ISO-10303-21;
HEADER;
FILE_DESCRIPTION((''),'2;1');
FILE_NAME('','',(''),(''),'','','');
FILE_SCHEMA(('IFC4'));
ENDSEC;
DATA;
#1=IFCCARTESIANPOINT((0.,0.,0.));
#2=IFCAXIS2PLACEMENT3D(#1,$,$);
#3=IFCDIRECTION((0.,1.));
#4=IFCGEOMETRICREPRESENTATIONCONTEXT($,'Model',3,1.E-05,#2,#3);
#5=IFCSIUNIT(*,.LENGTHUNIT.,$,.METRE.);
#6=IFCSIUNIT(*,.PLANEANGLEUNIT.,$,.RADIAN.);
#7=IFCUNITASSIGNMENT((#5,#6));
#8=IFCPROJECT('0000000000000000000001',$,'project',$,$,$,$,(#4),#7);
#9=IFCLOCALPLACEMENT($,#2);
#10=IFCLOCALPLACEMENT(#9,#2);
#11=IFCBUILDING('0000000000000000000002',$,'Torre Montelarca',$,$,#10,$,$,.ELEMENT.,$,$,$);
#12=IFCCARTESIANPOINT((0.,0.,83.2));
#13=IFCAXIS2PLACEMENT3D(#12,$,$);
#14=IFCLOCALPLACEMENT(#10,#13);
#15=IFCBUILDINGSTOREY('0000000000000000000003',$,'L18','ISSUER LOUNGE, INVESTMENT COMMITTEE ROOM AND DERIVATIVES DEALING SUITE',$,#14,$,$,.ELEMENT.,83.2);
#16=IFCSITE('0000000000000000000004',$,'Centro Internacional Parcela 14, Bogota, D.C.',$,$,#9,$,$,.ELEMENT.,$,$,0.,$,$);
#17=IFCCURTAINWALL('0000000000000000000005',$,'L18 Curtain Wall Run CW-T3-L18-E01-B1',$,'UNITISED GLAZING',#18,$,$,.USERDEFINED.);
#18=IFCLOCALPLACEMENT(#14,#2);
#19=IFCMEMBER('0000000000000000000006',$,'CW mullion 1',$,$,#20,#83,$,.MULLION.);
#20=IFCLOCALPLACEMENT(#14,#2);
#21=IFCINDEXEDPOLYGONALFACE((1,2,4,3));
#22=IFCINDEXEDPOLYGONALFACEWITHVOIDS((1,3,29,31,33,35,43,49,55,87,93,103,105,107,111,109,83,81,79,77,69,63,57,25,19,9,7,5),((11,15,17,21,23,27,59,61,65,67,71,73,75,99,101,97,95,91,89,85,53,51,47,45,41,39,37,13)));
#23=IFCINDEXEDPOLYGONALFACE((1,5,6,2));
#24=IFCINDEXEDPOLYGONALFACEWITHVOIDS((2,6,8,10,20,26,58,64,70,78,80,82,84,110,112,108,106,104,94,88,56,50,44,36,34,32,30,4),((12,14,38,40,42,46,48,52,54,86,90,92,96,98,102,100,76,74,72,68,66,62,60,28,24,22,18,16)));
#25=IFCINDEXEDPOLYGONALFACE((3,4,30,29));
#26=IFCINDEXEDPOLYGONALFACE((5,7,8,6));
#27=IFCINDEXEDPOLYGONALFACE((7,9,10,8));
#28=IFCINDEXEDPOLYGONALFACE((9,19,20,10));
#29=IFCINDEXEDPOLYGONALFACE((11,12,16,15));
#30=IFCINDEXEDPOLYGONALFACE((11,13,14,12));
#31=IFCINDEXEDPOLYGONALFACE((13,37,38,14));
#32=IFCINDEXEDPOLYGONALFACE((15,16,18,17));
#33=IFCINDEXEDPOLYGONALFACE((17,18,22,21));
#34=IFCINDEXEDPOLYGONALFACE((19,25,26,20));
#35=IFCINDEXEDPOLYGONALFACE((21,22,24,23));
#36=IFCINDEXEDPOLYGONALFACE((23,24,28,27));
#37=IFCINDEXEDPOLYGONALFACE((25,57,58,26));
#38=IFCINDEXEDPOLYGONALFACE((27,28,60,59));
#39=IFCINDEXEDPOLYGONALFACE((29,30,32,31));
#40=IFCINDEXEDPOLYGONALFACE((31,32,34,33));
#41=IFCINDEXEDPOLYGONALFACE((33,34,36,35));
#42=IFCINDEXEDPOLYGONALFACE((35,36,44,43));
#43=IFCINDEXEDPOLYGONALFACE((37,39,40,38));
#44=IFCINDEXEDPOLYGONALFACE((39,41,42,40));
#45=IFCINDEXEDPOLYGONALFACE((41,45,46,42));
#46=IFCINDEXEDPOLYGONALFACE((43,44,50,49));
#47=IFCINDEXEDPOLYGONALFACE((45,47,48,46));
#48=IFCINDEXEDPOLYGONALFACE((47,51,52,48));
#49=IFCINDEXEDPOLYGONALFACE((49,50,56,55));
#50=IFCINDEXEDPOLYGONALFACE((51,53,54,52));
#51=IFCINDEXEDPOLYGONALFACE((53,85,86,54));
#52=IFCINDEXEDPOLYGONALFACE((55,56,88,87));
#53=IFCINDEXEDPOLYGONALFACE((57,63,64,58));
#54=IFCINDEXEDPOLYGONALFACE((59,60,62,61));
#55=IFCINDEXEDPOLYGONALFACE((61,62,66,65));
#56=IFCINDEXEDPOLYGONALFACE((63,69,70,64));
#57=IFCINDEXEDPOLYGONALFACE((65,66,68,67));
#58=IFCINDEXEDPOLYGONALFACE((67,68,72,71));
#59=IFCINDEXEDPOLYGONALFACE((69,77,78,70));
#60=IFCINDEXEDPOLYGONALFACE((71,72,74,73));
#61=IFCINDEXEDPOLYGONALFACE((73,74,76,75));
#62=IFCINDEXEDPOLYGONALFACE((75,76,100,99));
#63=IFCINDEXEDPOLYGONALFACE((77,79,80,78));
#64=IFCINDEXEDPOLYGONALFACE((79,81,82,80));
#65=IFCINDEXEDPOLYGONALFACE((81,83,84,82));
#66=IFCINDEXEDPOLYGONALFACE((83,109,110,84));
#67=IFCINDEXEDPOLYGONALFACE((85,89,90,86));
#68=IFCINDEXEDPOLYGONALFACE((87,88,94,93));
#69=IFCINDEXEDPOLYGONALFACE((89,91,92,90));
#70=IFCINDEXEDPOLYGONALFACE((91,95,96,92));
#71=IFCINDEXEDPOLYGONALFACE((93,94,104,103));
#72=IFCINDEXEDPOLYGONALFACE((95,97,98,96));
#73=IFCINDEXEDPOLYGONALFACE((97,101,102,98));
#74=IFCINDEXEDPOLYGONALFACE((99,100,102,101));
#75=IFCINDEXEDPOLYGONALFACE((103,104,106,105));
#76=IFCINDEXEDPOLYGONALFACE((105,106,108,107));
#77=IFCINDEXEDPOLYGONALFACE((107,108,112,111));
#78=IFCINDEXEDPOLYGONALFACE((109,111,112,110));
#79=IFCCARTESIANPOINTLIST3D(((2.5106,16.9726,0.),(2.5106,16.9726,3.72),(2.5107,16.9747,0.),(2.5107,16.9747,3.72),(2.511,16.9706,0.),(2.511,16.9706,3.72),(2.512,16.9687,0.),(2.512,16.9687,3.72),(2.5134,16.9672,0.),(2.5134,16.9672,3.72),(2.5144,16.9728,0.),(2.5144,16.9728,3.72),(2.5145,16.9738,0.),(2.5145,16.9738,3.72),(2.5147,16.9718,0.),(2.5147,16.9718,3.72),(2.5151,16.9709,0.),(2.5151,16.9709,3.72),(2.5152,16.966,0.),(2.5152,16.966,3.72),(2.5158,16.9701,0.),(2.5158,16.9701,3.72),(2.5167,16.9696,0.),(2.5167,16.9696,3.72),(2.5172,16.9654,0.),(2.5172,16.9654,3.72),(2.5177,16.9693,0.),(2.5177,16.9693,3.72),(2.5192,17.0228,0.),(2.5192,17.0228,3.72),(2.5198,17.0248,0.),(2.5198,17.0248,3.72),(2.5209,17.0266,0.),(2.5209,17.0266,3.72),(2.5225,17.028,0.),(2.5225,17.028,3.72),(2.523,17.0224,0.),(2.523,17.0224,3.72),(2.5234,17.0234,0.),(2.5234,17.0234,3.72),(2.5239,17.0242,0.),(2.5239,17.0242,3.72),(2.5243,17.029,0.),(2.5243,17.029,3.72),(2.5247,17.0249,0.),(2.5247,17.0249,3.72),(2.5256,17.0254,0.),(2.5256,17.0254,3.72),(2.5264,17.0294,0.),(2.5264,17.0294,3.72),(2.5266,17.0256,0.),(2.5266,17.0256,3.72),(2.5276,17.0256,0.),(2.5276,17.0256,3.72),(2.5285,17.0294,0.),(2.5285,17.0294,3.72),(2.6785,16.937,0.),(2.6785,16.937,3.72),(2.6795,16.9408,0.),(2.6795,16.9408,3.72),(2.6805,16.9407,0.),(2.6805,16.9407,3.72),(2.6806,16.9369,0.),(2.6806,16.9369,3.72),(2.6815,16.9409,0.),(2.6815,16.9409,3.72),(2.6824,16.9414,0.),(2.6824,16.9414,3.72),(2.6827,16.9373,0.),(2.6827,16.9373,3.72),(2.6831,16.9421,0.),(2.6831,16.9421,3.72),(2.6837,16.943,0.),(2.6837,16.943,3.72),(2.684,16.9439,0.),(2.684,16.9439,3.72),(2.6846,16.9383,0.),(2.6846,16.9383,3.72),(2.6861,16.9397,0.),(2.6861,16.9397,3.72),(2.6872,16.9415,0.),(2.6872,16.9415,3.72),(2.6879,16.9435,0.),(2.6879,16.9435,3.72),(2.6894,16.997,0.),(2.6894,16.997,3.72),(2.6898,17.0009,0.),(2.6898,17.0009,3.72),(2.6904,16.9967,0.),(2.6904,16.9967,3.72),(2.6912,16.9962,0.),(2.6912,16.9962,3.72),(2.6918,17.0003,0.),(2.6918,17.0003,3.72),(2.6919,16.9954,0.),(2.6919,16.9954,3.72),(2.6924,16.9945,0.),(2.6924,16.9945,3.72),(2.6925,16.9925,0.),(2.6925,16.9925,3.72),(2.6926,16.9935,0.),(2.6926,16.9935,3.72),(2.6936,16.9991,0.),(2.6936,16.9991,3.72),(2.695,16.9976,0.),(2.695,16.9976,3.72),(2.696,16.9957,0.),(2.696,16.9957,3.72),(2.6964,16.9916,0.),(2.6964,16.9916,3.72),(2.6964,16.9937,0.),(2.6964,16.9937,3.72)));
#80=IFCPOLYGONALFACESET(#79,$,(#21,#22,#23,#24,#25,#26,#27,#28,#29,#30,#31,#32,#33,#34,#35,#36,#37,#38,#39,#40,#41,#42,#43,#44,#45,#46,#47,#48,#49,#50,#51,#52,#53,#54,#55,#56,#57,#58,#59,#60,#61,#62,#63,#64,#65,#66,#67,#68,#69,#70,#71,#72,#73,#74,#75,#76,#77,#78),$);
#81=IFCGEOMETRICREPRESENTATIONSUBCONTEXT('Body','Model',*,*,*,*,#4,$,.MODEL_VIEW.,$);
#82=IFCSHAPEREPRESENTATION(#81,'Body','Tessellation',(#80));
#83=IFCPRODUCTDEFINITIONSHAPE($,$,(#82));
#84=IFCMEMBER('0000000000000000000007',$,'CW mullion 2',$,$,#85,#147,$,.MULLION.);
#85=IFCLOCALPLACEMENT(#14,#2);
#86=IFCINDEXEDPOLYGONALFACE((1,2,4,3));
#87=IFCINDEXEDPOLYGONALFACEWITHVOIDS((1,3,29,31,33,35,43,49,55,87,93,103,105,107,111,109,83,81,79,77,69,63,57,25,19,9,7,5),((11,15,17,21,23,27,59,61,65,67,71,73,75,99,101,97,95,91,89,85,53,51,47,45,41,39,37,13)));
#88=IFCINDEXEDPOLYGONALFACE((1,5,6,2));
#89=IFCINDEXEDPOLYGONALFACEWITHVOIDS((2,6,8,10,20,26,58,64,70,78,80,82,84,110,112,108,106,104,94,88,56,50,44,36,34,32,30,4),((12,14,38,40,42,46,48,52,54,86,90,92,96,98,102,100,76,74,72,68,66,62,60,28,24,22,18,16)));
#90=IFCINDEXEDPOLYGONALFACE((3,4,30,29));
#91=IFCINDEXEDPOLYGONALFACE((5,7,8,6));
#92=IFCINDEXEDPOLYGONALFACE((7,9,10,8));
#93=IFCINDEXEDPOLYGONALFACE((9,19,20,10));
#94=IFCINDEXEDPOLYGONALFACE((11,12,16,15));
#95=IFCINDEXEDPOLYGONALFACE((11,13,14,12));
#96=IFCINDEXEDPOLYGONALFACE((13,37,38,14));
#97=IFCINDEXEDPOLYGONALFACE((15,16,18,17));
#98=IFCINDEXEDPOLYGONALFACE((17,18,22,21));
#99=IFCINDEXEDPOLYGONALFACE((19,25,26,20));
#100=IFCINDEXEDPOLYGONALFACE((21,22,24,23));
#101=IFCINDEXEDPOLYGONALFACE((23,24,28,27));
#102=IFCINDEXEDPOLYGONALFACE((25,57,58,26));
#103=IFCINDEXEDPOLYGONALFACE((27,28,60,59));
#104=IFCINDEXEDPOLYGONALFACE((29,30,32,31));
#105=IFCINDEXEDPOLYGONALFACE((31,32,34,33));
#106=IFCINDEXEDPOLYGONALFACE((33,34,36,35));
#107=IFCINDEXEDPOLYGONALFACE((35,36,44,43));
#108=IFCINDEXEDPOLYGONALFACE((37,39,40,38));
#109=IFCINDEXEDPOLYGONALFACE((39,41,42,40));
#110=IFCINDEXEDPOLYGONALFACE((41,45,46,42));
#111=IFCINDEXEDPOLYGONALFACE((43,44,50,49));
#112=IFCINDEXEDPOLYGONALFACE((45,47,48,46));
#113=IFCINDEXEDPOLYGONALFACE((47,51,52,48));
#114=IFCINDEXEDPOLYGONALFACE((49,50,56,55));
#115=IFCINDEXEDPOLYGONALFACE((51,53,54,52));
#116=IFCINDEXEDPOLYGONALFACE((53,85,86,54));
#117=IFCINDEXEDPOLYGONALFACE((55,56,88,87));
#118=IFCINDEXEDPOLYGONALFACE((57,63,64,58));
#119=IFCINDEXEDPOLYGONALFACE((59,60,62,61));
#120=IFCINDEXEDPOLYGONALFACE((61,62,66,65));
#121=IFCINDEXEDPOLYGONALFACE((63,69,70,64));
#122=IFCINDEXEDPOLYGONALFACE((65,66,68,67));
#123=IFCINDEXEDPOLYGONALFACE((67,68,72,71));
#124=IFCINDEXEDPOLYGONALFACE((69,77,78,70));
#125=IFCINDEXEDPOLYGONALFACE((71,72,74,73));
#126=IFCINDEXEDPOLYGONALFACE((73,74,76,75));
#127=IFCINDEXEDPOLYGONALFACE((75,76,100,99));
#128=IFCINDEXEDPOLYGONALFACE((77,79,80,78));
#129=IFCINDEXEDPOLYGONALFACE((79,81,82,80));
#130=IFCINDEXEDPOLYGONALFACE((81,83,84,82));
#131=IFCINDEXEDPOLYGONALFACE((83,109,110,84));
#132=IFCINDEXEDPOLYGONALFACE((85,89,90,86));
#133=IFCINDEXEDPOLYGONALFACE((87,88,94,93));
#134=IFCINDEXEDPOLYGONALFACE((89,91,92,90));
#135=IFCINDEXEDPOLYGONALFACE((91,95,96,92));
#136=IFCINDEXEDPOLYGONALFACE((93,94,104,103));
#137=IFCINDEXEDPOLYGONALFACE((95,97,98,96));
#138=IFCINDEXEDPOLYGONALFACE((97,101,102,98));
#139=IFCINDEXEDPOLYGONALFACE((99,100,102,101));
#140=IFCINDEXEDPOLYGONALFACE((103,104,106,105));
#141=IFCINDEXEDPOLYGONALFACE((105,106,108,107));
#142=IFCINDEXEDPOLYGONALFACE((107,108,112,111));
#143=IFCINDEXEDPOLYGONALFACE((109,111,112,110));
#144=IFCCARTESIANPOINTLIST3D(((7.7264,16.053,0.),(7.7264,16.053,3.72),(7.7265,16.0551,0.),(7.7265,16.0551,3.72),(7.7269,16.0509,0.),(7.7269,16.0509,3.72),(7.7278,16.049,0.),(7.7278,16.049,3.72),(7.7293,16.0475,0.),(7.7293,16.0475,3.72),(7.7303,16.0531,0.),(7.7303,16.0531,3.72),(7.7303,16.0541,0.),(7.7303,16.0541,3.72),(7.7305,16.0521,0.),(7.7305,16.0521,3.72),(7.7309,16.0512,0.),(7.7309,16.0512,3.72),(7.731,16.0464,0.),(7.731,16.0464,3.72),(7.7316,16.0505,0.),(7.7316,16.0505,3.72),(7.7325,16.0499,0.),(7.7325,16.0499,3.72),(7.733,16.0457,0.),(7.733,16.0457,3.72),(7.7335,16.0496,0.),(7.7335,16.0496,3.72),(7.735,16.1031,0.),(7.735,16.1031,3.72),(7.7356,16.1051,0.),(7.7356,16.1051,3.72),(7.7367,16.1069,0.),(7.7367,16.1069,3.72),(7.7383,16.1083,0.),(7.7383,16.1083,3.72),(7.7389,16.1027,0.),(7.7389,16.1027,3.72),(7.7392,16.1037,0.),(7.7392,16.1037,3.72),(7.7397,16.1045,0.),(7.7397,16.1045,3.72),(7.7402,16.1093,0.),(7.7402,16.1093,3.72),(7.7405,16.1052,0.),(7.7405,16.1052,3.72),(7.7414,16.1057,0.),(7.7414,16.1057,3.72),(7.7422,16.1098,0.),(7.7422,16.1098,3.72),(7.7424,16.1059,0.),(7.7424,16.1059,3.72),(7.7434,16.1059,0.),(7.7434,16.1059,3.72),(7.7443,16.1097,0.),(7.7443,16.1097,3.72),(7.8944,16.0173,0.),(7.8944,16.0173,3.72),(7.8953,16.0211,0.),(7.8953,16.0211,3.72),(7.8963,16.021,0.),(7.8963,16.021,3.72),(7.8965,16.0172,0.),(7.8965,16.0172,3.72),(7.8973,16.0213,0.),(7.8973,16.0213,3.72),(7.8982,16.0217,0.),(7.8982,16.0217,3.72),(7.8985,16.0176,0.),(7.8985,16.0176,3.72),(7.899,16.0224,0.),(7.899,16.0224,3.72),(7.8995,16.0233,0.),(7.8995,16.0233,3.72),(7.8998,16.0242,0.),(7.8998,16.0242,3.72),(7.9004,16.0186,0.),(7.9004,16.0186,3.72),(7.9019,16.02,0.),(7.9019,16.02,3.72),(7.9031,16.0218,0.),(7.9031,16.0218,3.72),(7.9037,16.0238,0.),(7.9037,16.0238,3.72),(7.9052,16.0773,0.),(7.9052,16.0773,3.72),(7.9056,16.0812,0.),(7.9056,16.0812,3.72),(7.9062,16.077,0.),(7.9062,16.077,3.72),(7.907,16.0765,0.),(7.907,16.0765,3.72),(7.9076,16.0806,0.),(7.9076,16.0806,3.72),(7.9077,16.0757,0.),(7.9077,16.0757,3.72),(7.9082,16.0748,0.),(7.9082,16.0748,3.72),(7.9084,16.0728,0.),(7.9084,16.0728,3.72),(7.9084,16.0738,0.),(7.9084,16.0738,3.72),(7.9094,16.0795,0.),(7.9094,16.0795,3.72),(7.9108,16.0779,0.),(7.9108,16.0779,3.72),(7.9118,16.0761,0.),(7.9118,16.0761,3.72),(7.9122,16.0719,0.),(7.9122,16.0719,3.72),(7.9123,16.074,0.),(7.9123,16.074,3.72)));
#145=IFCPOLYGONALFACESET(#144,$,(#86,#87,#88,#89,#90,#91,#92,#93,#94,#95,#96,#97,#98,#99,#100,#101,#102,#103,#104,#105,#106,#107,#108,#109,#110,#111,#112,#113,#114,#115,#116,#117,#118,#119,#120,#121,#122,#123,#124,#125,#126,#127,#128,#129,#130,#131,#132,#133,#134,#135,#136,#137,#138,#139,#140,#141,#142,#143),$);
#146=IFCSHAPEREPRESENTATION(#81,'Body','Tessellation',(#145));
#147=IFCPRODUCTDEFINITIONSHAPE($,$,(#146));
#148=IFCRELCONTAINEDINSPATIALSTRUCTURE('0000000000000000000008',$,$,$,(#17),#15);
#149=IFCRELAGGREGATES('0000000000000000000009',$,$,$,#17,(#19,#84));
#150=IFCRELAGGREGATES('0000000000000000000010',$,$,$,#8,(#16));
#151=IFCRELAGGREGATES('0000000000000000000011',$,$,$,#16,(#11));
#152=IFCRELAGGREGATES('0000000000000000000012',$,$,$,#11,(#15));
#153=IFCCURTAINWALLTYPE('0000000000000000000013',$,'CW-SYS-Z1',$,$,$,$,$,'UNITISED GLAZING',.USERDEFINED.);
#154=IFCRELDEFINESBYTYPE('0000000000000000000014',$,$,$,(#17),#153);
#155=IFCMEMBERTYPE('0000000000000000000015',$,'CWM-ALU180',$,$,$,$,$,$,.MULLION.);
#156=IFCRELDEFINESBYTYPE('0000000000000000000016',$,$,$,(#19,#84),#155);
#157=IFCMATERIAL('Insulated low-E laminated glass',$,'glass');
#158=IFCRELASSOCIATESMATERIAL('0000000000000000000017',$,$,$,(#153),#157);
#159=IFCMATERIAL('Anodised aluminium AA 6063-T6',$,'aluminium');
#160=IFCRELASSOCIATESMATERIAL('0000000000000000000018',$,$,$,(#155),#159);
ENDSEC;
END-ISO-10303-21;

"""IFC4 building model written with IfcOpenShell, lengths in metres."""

from ifc_helpers import new_model, si_unit, direction, frame, origin, origin_2d, place, context, subcontext, project, spatial, hollow_rectangle, extrude, source, transform, mapped, material, material_profile, profile_set, type_object, element, aggregate, save


model = new_model("IFC4")

# Units and contexts
model_context = context("Model", 3, precision=1e-05, world=origin(), true_north=direction((0.0, 1.0)))
body_context = subcontext(model_context, "Body", "Model", "MODEL_VIEW")
ifc_project = project(units=[si_unit("LENGTHUNIT", "METRE"), si_unit("PLANEANGLEUNIT", "RADIAN")], contexts=[model_context])

# Site, building, storey
site_placement = place(None, origin())
site = spatial("IfcSite", under=ifc_project, at=site_placement, Name="Centro Internacional Parcela 14, Bogota, D.C.", CompositionType="ELEMENT", RefElevation=0.0)
building_placement = place(site_placement, origin())
building = spatial("IfcBuilding", under=site, at=building_placement, Name="Torre Montelarca", CompositionType="ELEMENT")
storey_placement = place(building_placement, frame((0.0, 0.0, 83.2)))
storey = spatial("IfcBuildingStorey", under=building, at=storey_placement, Name="L18", Description="ISSUER LOUNGE, INVESTMENT COMMITTEE ROOM AND DERIVATIVES DEALING SUITE", CompositionType="ELEMENT", Elevation=83.2)

# Curtain wall, members
ifc_material_1 = material(Name="Insulated low-E laminated glass", Category="glass")
curtain_wall_type = type_object("IfcCurtainWallType", Name="CW-SYS-Z1", ElementType="UNITISED GLAZING", PredefinedType="USERDEFINED", material=ifc_material_1)
ifc_material_2 = material(Name="Anodised aluminium AA 6063-T6", Category="aluminium")
curtain_wall_1_placement = place(storey_placement, origin())
curtain_wall_1 = element("IfcCurtainWall", 1, at=curtain_wall_1_placement, inside=storey, type_object=curtain_wall_type, Name="L18 Curtain Wall Run CW-T3-L18-E01-B1", ObjectType="UNITISED GLAZING", PredefinedType="USERDEFINED")
ifc_material_profile_1 = material_profile(ifc_material_2, hollow_rectangle(XDim=0.0649, YDim=0.1799, WallThickness=0.0039, InnerFilletRadius=0.0039, OuterFilletRadius=0.0081, at=origin_2d()), Name="ALU65X180X4", Category="aluminium")
ifc_profile_set_1 = profile_set([ifc_material_profile_1], Name="Anodised aluminium AA 6063-T6")
member_type_1 = type_object("IfcMemberType", Name="CWM-ALU180", PredefinedType="MULLION", material=ifc_profile_set_1)
shared_shape_1 = source(origin(), body_context, "Body", "SweptSolid", [
    extrude(hollow_rectangle(XDim=0.0649, YDim=0.1799, WallThickness=0.0039, InnerFilletRadius=0.0039, OuterFilletRadius=0.0081, at=origin_2d()), origin(), (0.0, 0.0, 1.0), 3.72),
])
member_1_placement = place(storey_placement, frame((2.6035, 16.9832, 0.0), z_axis=(0.0, 0.0, 1.0), x_axis=(0.173648, 0.984808, 0.0)))
member_1 = element("IfcMember", 2, at=member_1_placement, type_object=member_type_1, Name="CW mullion 1", PredefinedType="MULLION", context=body_context, shape_type="MappedRepresentation", body=[
    mapped(shared_shape_1, transform((0.0, 0.0, 0.0), scale=1.0)),
])
member_2_placement = place(storey_placement, frame((7.8193, 16.0635, 0.0), z_axis=(0.0, 0.0, 1.0), x_axis=(0.173648, 0.984808, 0.0)))
member_2 = element("IfcMember", 3, at=member_2_placement, type_object=member_type_1, Name="CW mullion 2", PredefinedType="MULLION", context=body_context, shape_type="MappedRepresentation", body=[
    mapped(shared_shape_1, transform((0.0, 0.0, 0.0), scale=1.0)),
])

aggregate(curtain_wall_1, [member_1, member_2])

save(model, "model.ifc")
